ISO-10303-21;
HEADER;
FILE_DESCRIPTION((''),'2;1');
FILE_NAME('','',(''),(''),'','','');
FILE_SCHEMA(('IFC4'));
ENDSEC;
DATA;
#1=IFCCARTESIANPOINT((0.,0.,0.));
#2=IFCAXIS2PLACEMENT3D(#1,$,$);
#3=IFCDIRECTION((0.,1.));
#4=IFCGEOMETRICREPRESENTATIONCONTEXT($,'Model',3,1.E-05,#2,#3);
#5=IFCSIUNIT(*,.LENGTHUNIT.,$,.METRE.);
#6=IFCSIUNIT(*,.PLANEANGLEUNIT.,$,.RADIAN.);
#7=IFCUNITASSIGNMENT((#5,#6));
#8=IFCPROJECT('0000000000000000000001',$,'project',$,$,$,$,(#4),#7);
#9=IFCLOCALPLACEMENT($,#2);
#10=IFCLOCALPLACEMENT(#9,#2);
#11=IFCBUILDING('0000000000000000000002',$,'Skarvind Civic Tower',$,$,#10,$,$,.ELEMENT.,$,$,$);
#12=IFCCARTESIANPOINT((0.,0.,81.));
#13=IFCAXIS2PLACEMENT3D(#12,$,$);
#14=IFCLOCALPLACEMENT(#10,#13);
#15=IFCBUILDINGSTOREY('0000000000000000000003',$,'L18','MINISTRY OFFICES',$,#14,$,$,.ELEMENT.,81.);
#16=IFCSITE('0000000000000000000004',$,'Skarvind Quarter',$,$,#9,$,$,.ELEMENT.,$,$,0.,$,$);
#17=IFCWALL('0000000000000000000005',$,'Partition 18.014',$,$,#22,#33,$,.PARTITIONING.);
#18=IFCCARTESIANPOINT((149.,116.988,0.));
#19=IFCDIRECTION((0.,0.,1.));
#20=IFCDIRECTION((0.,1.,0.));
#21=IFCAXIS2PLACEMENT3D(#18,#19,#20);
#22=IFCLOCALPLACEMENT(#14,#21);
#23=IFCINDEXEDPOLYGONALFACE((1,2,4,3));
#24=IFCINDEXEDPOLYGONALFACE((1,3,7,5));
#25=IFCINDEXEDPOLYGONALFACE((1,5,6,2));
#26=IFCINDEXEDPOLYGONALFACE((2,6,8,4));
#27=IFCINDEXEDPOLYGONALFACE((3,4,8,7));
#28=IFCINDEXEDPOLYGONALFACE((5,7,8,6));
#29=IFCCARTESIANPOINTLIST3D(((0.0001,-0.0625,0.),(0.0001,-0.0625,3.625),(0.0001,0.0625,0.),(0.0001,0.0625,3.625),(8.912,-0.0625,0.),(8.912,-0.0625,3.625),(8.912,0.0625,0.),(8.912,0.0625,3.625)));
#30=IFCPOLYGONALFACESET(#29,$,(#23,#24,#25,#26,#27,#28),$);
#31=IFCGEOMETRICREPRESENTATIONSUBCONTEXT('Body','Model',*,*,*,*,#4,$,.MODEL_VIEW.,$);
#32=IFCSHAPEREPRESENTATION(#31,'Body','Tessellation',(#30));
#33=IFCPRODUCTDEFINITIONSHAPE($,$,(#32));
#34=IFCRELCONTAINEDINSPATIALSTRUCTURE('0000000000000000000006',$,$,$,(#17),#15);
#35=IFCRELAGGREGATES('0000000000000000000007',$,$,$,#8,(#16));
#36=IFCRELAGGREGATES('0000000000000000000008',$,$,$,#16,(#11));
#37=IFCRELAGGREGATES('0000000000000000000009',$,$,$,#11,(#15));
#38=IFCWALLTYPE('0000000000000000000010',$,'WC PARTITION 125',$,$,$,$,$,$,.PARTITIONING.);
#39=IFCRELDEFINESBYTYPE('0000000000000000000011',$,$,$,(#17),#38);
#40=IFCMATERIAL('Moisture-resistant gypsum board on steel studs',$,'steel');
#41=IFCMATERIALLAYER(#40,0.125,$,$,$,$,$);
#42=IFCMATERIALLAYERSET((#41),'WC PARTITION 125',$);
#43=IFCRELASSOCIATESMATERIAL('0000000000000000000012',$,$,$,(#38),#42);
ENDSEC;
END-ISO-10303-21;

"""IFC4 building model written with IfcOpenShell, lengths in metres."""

from ifc_helpers import new_model, si_unit, direction, frame, frame_2d, origin, place, context, subcontext, project, spatial, rectangle, extrude, material, layer, layer_set, type_object, element, save


model = new_model("IFC4")

# Units and contexts
model_context = context("Model", 3, precision=1e-05, world=origin(), true_north=direction((0.0, 1.0)))
body_context = subcontext(model_context, "Body", "Model", "MODEL_VIEW")
ifc_project = project(units=[si_unit("LENGTHUNIT", "METRE"), si_unit("PLANEANGLEUNIT", "RADIAN")], contexts=[model_context])

# Site, building, storey
site_placement = place(None, origin())
site = spatial("IfcSite", under=ifc_project, at=site_placement, Name="Skarvind Quarter", CompositionType="ELEMENT", RefElevation=0.0)
building_placement = place(site_placement, origin())
building = spatial("IfcBuilding", under=site, at=building_placement, Name="Skarvind Civic Tower", CompositionType="ELEMENT")
storey_placement = place(building_placement, frame((0.0, 0.0, 81.0)))
storey = spatial("IfcBuildingStorey", under=building, at=storey_placement, Name="L18", Description="MINISTRY OFFICES", CompositionType="ELEMENT", Elevation=81.0)

# Shared definitions
ifc_material_1 = material(Name="Moisture-resistant gypsum board on steel studs", Category="steel")
ifc_layer_1 = layer(ifc_material_1, 0.125)
ifc_layer_set_1 = layer_set([ifc_layer_1], Name="WC PARTITION 125")
wall_type_1 = type_object("IfcWallType", Name="WC PARTITION 125", PredefinedType="PARTITIONING", material=ifc_layer_set_1)

# Wall
wall_1_placement = place(storey_placement, frame((149.0, 116.988, 0.0), z_axis=(0.0, 0.0, 1.0), x_axis=(0.0, 1.0, 0.0)))
element("IfcWall", 1, at=wall_1_placement, inside=storey, type_object=wall_type_1, Name="Partition 18.014", PredefinedType="PARTITIONING", context=body_context, shape_type="SweptSolid", body=[
    extrude(rectangle(XDim=8.9119, YDim=0.125, at=frame_2d((4.4561, 0.0))), origin(), (0.0, 0.0, 1.0), 3.625),
])

save(model, "model.ifc")
